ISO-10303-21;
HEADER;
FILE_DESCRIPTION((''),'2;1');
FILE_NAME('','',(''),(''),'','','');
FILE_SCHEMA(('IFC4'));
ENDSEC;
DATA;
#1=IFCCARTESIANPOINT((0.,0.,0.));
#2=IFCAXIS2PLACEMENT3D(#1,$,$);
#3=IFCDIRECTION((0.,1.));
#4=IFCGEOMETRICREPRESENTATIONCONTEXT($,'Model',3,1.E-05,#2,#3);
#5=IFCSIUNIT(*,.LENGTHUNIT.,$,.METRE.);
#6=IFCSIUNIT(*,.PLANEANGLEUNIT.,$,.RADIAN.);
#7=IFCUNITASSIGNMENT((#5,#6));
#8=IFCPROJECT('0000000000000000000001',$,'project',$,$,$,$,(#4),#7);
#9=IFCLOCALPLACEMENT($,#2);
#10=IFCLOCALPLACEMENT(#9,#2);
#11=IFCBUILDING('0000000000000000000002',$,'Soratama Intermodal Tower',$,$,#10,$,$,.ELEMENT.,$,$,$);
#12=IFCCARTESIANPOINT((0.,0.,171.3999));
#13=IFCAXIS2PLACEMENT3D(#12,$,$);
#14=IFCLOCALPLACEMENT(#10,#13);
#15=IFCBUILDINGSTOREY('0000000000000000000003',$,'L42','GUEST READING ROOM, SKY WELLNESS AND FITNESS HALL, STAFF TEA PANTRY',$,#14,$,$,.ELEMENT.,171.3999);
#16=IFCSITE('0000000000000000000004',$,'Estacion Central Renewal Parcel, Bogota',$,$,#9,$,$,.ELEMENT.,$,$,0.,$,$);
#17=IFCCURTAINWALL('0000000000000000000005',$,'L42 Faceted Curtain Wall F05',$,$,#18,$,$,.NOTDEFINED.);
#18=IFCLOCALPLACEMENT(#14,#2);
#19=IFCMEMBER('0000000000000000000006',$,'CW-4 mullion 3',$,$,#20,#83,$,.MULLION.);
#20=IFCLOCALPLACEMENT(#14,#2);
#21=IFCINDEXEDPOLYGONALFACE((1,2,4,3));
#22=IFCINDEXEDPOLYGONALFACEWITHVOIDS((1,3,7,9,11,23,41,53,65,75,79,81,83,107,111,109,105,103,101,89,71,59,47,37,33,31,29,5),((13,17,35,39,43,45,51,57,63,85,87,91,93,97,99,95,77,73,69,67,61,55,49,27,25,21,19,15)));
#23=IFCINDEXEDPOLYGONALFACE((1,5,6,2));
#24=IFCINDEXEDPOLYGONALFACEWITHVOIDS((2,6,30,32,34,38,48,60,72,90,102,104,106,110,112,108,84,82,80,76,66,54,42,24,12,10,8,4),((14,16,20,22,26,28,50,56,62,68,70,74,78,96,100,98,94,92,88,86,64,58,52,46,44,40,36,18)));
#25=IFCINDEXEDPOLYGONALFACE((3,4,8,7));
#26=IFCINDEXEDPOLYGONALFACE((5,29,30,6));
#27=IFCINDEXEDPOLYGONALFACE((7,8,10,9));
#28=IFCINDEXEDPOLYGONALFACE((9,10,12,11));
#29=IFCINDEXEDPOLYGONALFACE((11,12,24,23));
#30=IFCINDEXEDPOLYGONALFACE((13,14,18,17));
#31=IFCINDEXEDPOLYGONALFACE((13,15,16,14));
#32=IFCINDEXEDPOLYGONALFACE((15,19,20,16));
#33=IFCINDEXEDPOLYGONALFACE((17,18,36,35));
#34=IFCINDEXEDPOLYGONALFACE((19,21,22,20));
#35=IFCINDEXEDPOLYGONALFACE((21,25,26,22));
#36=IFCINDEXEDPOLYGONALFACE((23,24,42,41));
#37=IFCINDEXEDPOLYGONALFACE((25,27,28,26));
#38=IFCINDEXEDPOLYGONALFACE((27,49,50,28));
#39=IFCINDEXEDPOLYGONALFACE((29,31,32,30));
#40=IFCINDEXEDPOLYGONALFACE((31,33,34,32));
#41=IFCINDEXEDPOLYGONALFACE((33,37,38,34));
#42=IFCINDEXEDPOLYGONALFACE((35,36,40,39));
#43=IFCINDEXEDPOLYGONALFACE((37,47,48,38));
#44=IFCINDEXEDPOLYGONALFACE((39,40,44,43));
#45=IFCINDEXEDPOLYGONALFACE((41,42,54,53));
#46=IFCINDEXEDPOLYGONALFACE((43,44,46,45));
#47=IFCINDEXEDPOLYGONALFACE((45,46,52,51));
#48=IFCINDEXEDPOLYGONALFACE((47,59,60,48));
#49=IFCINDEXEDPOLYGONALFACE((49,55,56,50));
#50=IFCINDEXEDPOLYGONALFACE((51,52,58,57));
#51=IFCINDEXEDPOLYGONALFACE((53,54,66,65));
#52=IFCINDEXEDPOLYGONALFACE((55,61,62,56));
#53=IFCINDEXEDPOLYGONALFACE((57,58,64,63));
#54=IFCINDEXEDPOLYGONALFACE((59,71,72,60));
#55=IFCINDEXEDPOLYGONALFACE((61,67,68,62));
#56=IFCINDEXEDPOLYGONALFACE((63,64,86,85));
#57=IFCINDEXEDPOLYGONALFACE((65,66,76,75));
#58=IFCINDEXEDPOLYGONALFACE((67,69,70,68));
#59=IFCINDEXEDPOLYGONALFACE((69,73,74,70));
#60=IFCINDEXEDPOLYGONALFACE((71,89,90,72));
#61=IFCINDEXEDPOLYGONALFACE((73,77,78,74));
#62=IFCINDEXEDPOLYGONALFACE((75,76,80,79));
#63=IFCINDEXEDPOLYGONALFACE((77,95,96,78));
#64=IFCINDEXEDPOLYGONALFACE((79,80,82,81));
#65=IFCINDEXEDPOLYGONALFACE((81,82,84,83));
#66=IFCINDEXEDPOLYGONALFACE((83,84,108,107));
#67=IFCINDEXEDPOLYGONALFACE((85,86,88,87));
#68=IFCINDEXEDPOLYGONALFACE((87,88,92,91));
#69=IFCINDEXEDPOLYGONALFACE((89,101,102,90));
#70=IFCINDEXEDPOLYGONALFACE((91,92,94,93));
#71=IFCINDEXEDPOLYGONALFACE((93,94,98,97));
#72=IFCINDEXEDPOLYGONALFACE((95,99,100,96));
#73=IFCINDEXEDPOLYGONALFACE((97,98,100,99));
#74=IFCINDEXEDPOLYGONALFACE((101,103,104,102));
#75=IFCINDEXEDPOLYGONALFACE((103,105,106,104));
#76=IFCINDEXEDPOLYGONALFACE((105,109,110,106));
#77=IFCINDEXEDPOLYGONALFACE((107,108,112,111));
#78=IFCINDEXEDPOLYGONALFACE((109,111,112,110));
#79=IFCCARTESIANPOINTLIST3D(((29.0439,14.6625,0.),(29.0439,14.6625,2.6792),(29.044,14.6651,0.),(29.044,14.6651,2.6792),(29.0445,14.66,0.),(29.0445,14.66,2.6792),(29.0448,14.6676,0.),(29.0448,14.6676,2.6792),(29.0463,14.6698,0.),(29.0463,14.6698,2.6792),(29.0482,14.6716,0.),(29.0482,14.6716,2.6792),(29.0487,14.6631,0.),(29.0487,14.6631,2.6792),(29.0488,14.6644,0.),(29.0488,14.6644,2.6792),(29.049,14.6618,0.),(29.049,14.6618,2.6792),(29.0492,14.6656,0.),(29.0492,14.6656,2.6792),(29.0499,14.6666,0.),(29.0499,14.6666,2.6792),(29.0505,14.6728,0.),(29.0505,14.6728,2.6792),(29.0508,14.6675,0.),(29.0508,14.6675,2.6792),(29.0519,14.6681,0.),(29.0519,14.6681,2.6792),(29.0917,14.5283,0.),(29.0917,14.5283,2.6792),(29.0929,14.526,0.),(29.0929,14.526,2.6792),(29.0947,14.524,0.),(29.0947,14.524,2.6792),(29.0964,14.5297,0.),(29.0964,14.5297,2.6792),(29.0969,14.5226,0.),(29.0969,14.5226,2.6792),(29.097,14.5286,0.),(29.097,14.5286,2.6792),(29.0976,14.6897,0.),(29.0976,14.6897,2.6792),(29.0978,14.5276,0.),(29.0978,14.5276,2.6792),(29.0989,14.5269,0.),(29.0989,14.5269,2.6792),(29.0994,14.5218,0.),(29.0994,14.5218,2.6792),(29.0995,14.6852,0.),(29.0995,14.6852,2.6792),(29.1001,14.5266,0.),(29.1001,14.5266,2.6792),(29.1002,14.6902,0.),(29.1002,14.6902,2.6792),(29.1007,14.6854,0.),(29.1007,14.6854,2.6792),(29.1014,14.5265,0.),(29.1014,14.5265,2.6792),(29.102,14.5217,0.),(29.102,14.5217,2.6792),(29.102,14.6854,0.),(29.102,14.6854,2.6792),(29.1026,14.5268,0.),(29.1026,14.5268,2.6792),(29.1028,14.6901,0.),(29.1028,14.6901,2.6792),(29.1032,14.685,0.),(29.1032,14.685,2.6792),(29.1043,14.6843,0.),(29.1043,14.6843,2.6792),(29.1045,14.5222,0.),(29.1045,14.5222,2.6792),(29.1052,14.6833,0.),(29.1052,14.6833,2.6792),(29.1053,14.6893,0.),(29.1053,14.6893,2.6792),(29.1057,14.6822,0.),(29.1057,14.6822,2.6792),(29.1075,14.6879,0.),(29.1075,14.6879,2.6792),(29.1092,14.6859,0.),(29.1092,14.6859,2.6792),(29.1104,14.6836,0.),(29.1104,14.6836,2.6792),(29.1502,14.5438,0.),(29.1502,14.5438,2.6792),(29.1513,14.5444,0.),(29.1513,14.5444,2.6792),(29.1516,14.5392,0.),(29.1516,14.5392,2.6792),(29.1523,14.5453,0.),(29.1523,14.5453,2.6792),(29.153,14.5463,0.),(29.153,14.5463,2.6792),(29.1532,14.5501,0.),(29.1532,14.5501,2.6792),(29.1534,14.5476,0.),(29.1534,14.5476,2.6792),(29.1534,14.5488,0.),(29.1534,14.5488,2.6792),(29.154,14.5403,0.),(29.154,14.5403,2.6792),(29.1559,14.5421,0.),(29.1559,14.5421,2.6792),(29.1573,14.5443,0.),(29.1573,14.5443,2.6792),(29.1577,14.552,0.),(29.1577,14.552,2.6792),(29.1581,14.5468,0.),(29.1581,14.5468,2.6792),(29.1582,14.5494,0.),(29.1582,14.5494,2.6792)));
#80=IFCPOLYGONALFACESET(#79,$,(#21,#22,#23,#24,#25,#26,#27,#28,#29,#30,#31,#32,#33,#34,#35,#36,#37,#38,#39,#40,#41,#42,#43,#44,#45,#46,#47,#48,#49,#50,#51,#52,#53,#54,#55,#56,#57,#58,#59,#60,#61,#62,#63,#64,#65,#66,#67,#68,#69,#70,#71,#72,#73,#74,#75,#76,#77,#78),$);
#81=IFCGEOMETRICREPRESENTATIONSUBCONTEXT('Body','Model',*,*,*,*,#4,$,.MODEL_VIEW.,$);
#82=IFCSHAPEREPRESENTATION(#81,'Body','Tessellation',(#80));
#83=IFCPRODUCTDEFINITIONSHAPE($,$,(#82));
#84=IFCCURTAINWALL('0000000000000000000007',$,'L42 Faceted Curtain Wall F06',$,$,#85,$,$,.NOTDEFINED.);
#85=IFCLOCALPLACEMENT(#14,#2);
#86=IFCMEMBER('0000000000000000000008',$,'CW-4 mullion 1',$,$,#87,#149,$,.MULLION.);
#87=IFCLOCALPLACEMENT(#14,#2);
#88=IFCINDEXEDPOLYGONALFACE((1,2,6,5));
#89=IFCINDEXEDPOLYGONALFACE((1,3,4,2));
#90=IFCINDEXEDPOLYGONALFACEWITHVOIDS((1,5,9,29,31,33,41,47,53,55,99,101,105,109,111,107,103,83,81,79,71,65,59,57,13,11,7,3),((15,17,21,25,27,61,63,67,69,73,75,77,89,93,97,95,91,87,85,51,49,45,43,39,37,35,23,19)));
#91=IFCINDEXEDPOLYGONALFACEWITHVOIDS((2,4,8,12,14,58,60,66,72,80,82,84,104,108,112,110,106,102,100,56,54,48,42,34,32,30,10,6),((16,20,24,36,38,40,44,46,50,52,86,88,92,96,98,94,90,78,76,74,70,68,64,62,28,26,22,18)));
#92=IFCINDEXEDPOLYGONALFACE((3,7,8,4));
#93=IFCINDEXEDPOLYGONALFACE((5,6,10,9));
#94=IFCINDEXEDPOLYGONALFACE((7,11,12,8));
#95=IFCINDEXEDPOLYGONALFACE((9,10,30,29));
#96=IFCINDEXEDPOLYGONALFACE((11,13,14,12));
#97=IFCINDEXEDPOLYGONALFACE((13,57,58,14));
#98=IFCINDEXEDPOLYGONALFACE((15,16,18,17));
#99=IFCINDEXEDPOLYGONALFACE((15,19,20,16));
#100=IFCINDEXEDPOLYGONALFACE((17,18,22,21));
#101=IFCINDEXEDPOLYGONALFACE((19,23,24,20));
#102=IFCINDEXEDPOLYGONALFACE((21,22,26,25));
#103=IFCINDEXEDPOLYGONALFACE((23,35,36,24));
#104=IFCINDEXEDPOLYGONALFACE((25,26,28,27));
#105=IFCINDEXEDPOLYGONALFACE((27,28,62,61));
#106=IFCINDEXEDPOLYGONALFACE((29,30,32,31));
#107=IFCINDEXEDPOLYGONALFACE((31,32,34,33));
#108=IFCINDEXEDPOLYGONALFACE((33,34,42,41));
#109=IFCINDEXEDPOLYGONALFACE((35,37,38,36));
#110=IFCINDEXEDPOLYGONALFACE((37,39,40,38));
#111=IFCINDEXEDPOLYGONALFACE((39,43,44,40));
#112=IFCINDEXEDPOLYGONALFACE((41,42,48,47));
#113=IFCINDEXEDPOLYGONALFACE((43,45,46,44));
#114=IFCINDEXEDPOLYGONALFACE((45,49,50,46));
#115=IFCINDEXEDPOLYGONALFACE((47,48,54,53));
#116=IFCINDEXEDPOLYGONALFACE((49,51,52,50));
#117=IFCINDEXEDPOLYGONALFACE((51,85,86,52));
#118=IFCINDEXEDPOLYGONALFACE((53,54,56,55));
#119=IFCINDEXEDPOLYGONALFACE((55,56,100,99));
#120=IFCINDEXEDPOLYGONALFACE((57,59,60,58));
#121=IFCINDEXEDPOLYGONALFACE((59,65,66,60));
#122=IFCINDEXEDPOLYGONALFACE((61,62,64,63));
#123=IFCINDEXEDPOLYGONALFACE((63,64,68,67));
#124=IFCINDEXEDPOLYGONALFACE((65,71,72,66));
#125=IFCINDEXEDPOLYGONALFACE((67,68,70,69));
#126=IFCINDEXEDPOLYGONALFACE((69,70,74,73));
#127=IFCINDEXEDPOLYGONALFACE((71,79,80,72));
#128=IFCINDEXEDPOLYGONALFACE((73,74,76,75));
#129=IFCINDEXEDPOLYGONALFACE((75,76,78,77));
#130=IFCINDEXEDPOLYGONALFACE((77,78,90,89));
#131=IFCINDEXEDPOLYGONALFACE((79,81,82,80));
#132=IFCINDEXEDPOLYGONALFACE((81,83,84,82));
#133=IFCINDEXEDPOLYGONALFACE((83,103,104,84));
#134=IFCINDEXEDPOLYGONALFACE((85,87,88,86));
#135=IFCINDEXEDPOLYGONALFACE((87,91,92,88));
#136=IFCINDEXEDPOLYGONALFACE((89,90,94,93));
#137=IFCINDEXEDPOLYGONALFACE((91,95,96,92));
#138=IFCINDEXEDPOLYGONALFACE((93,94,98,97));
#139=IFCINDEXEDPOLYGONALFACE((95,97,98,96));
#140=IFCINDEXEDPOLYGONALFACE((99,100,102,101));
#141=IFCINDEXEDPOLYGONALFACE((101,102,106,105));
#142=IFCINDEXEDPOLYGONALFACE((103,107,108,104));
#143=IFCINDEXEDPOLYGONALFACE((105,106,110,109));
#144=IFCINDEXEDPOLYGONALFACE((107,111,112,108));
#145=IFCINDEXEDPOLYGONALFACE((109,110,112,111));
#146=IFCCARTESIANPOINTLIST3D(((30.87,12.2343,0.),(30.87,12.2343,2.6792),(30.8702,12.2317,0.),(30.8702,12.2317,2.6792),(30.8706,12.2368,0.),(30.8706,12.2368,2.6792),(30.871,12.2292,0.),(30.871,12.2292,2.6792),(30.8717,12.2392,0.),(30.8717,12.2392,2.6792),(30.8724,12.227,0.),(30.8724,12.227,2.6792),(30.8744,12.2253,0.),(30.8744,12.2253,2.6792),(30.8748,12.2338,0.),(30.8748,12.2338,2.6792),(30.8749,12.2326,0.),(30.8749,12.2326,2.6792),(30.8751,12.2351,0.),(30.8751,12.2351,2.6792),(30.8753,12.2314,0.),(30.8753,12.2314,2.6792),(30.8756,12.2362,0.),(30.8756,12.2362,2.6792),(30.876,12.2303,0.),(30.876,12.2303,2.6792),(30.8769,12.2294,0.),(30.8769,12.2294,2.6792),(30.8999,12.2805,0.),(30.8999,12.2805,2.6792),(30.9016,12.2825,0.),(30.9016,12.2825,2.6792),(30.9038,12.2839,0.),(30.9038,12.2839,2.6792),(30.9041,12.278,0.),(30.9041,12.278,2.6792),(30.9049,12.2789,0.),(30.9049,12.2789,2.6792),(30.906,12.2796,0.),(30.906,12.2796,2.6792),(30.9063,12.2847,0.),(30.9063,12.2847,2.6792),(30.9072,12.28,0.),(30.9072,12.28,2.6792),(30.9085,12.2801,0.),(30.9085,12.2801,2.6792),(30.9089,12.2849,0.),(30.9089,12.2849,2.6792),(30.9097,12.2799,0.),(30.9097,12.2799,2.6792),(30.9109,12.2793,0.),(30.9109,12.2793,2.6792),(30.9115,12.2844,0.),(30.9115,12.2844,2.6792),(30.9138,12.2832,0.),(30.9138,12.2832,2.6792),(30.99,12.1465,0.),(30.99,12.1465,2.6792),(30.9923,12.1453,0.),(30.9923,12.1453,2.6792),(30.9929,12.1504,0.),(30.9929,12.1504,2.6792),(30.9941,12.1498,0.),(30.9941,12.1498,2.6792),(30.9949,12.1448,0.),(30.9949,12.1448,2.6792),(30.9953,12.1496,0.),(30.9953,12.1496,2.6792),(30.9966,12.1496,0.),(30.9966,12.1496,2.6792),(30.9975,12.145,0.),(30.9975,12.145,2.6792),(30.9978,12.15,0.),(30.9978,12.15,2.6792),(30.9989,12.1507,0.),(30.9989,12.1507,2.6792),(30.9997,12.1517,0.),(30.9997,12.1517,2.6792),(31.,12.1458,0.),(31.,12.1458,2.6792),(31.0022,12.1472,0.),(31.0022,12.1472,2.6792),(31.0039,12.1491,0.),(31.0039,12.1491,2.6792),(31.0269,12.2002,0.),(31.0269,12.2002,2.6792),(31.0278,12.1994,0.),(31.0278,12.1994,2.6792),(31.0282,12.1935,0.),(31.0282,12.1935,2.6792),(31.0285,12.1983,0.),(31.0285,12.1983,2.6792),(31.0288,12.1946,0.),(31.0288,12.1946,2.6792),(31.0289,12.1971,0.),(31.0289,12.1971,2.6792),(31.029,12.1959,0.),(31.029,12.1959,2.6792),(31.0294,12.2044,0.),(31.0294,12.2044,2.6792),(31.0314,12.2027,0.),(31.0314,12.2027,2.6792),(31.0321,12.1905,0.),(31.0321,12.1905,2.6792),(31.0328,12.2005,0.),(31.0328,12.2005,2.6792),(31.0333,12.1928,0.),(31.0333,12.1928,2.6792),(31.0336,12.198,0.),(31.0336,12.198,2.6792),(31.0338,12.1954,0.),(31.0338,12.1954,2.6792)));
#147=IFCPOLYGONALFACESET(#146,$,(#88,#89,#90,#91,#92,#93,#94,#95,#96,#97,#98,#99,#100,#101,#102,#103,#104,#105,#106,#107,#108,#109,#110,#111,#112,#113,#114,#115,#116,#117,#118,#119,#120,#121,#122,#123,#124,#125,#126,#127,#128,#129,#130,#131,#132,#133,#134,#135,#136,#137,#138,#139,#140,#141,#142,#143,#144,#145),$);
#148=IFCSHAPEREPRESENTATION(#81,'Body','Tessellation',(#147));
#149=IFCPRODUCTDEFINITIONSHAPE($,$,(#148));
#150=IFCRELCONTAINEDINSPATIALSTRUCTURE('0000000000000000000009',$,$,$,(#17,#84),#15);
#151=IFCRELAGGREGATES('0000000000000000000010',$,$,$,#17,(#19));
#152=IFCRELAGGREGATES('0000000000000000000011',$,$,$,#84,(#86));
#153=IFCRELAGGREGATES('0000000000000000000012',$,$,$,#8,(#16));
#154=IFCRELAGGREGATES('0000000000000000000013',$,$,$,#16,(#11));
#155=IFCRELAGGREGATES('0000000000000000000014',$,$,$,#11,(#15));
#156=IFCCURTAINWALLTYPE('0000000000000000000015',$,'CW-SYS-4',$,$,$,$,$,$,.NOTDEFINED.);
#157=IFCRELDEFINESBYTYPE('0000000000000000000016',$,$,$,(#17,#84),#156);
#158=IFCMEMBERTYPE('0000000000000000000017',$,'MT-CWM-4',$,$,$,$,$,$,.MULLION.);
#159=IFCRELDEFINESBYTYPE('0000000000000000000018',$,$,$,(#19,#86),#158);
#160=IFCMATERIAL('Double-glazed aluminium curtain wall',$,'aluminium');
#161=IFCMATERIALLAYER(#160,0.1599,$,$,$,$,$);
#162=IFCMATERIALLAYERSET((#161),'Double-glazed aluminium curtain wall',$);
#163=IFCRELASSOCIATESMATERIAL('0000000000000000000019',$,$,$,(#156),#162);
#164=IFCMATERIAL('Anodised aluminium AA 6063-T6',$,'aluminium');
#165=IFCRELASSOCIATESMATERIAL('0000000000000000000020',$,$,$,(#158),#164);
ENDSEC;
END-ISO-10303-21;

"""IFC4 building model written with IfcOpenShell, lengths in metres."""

from ifc_helpers import new_model, si_unit, direction, frame, origin, origin_2d, place, context, subcontext, project, spatial, hollow_rectangle, extrude, material, layer, layer_set, material_profile, profile_set, type_object, element, aggregate, save


model = new_model("IFC4")

# Units and contexts
model_context = context("Model", 3, precision=1e-05, world=origin(), true_north=direction((0.0, 1.0)))
body_context = subcontext(model_context, "Body", "Model", "MODEL_VIEW")
ifc_project = project(units=[si_unit("LENGTHUNIT", "METRE"), si_unit("PLANEANGLEUNIT", "RADIAN")], contexts=[model_context])

# Site, building, storey
site_placement = place(None, origin())
site = spatial("IfcSite", under=ifc_project, at=site_placement, Name="Estacion Central Renewal Parcel, Bogota", CompositionType="ELEMENT", RefElevation=0.0)
building_placement = place(site_placement, origin())
building = spatial("IfcBuilding", under=site, at=building_placement, Name="Soratama Intermodal Tower", CompositionType="ELEMENT")
storey_placement = place(building_placement, frame((0.0, 0.0, 171.3999)))
storey = spatial("IfcBuildingStorey", under=building, at=storey_placement, Name="L42", Description="GUEST READING ROOM, SKY WELLNESS AND FITNESS HALL, STAFF TEA PANTRY", CompositionType="ELEMENT", Elevation=171.3999)

# Curtain wall, member
ifc_material_1 = material(Name="Double-glazed aluminium curtain wall", Category="aluminium")
ifc_layer_1 = layer(ifc_material_1, 0.1599)
ifc_layer_set_1 = layer_set([ifc_layer_1], Name="Double-glazed aluminium curtain wall")
curtain_wall_type = type_object("IfcCurtainWallType", Name="CW-SYS-4", PredefinedType="NOTDEFINED", material=ifc_layer_set_1)
curtain_wall_1_placement = place(storey_placement, origin())
curtain_wall_1 = element("IfcCurtainWall", 1, at=curtain_wall_1_placement, inside=storey, type_object=curtain_wall_type, Name="L42 Faceted Curtain Wall F05", PredefinedType="NOTDEFINED")
ifc_material_2 = material(Name="Anodised aluminium AA 6063-T6", Category="aluminium")
ifc_material_profile_1 = material_profile(ifc_material_2, hollow_rectangle(XDim=0.0701, YDim=0.1599, WallThickness=0.0049, InnerFilletRadius=0.0049, OuterFilletRadius=0.01, at=origin_2d()), Name="CWM160X70X5")
ifc_profile_set_1 = profile_set([ifc_material_profile_1], Name="Anodised aluminium AA 6063-T6")
member_type_1 = type_object("IfcMemberType", Name="MT-CWM-4", PredefinedType="MULLION", material=ifc_profile_set_1)
member_1_placement = place(storey_placement, frame((29.1011, 14.606, 0.0), z_axis=(0.0, 0.0, 1.0), x_axis=(0.941235, 0.337751, 0.0)))
member_1 = element("IfcMember", 2, at=member_1_placement, type_object=member_type_1, Name="CW-4 mullion 3", PredefinedType="MULLION", context=body_context, shape_type="SweptSolid", body=[
    extrude(hollow_rectangle(XDim=0.0701, YDim=0.1599, WallThickness=0.0049, InnerFilletRadius=0.0049, OuterFilletRadius=0.01, at=origin_2d()), origin(), (0.0, 0.0, 1.0), 2.6792),
])

# Curtain wall, member
curtain_wall_2_placement = place(storey_placement, origin())
curtain_wall_2 = element("IfcCurtainWall", 3, at=curtain_wall_2_placement, inside=storey, type_object=curtain_wall_type, Name="L42 Faceted Curtain Wall F06", PredefinedType="NOTDEFINED")
member_2_placement = place(storey_placement, frame((30.9519, 12.2148, 0.0), z_axis=(0.0, 0.0, 1.0), x_axis=(0.562951, 0.82649, 0.0)))
member_2 = element("IfcMember", 4, at=member_2_placement, type_object=member_type_1, Name="CW-4 mullion 1", PredefinedType="MULLION", context=body_context, shape_type="SweptSolid", body=[
    extrude(hollow_rectangle(XDim=0.0701, YDim=0.1599, WallThickness=0.0049, InnerFilletRadius=0.0049, OuterFilletRadius=0.01, at=origin_2d()), origin(), (0.0, 0.0, 1.0), 2.6792),
])

aggregate(curtain_wall_1, [member_1])
aggregate(curtain_wall_2, [member_2])

save(model, "model.ifc")
